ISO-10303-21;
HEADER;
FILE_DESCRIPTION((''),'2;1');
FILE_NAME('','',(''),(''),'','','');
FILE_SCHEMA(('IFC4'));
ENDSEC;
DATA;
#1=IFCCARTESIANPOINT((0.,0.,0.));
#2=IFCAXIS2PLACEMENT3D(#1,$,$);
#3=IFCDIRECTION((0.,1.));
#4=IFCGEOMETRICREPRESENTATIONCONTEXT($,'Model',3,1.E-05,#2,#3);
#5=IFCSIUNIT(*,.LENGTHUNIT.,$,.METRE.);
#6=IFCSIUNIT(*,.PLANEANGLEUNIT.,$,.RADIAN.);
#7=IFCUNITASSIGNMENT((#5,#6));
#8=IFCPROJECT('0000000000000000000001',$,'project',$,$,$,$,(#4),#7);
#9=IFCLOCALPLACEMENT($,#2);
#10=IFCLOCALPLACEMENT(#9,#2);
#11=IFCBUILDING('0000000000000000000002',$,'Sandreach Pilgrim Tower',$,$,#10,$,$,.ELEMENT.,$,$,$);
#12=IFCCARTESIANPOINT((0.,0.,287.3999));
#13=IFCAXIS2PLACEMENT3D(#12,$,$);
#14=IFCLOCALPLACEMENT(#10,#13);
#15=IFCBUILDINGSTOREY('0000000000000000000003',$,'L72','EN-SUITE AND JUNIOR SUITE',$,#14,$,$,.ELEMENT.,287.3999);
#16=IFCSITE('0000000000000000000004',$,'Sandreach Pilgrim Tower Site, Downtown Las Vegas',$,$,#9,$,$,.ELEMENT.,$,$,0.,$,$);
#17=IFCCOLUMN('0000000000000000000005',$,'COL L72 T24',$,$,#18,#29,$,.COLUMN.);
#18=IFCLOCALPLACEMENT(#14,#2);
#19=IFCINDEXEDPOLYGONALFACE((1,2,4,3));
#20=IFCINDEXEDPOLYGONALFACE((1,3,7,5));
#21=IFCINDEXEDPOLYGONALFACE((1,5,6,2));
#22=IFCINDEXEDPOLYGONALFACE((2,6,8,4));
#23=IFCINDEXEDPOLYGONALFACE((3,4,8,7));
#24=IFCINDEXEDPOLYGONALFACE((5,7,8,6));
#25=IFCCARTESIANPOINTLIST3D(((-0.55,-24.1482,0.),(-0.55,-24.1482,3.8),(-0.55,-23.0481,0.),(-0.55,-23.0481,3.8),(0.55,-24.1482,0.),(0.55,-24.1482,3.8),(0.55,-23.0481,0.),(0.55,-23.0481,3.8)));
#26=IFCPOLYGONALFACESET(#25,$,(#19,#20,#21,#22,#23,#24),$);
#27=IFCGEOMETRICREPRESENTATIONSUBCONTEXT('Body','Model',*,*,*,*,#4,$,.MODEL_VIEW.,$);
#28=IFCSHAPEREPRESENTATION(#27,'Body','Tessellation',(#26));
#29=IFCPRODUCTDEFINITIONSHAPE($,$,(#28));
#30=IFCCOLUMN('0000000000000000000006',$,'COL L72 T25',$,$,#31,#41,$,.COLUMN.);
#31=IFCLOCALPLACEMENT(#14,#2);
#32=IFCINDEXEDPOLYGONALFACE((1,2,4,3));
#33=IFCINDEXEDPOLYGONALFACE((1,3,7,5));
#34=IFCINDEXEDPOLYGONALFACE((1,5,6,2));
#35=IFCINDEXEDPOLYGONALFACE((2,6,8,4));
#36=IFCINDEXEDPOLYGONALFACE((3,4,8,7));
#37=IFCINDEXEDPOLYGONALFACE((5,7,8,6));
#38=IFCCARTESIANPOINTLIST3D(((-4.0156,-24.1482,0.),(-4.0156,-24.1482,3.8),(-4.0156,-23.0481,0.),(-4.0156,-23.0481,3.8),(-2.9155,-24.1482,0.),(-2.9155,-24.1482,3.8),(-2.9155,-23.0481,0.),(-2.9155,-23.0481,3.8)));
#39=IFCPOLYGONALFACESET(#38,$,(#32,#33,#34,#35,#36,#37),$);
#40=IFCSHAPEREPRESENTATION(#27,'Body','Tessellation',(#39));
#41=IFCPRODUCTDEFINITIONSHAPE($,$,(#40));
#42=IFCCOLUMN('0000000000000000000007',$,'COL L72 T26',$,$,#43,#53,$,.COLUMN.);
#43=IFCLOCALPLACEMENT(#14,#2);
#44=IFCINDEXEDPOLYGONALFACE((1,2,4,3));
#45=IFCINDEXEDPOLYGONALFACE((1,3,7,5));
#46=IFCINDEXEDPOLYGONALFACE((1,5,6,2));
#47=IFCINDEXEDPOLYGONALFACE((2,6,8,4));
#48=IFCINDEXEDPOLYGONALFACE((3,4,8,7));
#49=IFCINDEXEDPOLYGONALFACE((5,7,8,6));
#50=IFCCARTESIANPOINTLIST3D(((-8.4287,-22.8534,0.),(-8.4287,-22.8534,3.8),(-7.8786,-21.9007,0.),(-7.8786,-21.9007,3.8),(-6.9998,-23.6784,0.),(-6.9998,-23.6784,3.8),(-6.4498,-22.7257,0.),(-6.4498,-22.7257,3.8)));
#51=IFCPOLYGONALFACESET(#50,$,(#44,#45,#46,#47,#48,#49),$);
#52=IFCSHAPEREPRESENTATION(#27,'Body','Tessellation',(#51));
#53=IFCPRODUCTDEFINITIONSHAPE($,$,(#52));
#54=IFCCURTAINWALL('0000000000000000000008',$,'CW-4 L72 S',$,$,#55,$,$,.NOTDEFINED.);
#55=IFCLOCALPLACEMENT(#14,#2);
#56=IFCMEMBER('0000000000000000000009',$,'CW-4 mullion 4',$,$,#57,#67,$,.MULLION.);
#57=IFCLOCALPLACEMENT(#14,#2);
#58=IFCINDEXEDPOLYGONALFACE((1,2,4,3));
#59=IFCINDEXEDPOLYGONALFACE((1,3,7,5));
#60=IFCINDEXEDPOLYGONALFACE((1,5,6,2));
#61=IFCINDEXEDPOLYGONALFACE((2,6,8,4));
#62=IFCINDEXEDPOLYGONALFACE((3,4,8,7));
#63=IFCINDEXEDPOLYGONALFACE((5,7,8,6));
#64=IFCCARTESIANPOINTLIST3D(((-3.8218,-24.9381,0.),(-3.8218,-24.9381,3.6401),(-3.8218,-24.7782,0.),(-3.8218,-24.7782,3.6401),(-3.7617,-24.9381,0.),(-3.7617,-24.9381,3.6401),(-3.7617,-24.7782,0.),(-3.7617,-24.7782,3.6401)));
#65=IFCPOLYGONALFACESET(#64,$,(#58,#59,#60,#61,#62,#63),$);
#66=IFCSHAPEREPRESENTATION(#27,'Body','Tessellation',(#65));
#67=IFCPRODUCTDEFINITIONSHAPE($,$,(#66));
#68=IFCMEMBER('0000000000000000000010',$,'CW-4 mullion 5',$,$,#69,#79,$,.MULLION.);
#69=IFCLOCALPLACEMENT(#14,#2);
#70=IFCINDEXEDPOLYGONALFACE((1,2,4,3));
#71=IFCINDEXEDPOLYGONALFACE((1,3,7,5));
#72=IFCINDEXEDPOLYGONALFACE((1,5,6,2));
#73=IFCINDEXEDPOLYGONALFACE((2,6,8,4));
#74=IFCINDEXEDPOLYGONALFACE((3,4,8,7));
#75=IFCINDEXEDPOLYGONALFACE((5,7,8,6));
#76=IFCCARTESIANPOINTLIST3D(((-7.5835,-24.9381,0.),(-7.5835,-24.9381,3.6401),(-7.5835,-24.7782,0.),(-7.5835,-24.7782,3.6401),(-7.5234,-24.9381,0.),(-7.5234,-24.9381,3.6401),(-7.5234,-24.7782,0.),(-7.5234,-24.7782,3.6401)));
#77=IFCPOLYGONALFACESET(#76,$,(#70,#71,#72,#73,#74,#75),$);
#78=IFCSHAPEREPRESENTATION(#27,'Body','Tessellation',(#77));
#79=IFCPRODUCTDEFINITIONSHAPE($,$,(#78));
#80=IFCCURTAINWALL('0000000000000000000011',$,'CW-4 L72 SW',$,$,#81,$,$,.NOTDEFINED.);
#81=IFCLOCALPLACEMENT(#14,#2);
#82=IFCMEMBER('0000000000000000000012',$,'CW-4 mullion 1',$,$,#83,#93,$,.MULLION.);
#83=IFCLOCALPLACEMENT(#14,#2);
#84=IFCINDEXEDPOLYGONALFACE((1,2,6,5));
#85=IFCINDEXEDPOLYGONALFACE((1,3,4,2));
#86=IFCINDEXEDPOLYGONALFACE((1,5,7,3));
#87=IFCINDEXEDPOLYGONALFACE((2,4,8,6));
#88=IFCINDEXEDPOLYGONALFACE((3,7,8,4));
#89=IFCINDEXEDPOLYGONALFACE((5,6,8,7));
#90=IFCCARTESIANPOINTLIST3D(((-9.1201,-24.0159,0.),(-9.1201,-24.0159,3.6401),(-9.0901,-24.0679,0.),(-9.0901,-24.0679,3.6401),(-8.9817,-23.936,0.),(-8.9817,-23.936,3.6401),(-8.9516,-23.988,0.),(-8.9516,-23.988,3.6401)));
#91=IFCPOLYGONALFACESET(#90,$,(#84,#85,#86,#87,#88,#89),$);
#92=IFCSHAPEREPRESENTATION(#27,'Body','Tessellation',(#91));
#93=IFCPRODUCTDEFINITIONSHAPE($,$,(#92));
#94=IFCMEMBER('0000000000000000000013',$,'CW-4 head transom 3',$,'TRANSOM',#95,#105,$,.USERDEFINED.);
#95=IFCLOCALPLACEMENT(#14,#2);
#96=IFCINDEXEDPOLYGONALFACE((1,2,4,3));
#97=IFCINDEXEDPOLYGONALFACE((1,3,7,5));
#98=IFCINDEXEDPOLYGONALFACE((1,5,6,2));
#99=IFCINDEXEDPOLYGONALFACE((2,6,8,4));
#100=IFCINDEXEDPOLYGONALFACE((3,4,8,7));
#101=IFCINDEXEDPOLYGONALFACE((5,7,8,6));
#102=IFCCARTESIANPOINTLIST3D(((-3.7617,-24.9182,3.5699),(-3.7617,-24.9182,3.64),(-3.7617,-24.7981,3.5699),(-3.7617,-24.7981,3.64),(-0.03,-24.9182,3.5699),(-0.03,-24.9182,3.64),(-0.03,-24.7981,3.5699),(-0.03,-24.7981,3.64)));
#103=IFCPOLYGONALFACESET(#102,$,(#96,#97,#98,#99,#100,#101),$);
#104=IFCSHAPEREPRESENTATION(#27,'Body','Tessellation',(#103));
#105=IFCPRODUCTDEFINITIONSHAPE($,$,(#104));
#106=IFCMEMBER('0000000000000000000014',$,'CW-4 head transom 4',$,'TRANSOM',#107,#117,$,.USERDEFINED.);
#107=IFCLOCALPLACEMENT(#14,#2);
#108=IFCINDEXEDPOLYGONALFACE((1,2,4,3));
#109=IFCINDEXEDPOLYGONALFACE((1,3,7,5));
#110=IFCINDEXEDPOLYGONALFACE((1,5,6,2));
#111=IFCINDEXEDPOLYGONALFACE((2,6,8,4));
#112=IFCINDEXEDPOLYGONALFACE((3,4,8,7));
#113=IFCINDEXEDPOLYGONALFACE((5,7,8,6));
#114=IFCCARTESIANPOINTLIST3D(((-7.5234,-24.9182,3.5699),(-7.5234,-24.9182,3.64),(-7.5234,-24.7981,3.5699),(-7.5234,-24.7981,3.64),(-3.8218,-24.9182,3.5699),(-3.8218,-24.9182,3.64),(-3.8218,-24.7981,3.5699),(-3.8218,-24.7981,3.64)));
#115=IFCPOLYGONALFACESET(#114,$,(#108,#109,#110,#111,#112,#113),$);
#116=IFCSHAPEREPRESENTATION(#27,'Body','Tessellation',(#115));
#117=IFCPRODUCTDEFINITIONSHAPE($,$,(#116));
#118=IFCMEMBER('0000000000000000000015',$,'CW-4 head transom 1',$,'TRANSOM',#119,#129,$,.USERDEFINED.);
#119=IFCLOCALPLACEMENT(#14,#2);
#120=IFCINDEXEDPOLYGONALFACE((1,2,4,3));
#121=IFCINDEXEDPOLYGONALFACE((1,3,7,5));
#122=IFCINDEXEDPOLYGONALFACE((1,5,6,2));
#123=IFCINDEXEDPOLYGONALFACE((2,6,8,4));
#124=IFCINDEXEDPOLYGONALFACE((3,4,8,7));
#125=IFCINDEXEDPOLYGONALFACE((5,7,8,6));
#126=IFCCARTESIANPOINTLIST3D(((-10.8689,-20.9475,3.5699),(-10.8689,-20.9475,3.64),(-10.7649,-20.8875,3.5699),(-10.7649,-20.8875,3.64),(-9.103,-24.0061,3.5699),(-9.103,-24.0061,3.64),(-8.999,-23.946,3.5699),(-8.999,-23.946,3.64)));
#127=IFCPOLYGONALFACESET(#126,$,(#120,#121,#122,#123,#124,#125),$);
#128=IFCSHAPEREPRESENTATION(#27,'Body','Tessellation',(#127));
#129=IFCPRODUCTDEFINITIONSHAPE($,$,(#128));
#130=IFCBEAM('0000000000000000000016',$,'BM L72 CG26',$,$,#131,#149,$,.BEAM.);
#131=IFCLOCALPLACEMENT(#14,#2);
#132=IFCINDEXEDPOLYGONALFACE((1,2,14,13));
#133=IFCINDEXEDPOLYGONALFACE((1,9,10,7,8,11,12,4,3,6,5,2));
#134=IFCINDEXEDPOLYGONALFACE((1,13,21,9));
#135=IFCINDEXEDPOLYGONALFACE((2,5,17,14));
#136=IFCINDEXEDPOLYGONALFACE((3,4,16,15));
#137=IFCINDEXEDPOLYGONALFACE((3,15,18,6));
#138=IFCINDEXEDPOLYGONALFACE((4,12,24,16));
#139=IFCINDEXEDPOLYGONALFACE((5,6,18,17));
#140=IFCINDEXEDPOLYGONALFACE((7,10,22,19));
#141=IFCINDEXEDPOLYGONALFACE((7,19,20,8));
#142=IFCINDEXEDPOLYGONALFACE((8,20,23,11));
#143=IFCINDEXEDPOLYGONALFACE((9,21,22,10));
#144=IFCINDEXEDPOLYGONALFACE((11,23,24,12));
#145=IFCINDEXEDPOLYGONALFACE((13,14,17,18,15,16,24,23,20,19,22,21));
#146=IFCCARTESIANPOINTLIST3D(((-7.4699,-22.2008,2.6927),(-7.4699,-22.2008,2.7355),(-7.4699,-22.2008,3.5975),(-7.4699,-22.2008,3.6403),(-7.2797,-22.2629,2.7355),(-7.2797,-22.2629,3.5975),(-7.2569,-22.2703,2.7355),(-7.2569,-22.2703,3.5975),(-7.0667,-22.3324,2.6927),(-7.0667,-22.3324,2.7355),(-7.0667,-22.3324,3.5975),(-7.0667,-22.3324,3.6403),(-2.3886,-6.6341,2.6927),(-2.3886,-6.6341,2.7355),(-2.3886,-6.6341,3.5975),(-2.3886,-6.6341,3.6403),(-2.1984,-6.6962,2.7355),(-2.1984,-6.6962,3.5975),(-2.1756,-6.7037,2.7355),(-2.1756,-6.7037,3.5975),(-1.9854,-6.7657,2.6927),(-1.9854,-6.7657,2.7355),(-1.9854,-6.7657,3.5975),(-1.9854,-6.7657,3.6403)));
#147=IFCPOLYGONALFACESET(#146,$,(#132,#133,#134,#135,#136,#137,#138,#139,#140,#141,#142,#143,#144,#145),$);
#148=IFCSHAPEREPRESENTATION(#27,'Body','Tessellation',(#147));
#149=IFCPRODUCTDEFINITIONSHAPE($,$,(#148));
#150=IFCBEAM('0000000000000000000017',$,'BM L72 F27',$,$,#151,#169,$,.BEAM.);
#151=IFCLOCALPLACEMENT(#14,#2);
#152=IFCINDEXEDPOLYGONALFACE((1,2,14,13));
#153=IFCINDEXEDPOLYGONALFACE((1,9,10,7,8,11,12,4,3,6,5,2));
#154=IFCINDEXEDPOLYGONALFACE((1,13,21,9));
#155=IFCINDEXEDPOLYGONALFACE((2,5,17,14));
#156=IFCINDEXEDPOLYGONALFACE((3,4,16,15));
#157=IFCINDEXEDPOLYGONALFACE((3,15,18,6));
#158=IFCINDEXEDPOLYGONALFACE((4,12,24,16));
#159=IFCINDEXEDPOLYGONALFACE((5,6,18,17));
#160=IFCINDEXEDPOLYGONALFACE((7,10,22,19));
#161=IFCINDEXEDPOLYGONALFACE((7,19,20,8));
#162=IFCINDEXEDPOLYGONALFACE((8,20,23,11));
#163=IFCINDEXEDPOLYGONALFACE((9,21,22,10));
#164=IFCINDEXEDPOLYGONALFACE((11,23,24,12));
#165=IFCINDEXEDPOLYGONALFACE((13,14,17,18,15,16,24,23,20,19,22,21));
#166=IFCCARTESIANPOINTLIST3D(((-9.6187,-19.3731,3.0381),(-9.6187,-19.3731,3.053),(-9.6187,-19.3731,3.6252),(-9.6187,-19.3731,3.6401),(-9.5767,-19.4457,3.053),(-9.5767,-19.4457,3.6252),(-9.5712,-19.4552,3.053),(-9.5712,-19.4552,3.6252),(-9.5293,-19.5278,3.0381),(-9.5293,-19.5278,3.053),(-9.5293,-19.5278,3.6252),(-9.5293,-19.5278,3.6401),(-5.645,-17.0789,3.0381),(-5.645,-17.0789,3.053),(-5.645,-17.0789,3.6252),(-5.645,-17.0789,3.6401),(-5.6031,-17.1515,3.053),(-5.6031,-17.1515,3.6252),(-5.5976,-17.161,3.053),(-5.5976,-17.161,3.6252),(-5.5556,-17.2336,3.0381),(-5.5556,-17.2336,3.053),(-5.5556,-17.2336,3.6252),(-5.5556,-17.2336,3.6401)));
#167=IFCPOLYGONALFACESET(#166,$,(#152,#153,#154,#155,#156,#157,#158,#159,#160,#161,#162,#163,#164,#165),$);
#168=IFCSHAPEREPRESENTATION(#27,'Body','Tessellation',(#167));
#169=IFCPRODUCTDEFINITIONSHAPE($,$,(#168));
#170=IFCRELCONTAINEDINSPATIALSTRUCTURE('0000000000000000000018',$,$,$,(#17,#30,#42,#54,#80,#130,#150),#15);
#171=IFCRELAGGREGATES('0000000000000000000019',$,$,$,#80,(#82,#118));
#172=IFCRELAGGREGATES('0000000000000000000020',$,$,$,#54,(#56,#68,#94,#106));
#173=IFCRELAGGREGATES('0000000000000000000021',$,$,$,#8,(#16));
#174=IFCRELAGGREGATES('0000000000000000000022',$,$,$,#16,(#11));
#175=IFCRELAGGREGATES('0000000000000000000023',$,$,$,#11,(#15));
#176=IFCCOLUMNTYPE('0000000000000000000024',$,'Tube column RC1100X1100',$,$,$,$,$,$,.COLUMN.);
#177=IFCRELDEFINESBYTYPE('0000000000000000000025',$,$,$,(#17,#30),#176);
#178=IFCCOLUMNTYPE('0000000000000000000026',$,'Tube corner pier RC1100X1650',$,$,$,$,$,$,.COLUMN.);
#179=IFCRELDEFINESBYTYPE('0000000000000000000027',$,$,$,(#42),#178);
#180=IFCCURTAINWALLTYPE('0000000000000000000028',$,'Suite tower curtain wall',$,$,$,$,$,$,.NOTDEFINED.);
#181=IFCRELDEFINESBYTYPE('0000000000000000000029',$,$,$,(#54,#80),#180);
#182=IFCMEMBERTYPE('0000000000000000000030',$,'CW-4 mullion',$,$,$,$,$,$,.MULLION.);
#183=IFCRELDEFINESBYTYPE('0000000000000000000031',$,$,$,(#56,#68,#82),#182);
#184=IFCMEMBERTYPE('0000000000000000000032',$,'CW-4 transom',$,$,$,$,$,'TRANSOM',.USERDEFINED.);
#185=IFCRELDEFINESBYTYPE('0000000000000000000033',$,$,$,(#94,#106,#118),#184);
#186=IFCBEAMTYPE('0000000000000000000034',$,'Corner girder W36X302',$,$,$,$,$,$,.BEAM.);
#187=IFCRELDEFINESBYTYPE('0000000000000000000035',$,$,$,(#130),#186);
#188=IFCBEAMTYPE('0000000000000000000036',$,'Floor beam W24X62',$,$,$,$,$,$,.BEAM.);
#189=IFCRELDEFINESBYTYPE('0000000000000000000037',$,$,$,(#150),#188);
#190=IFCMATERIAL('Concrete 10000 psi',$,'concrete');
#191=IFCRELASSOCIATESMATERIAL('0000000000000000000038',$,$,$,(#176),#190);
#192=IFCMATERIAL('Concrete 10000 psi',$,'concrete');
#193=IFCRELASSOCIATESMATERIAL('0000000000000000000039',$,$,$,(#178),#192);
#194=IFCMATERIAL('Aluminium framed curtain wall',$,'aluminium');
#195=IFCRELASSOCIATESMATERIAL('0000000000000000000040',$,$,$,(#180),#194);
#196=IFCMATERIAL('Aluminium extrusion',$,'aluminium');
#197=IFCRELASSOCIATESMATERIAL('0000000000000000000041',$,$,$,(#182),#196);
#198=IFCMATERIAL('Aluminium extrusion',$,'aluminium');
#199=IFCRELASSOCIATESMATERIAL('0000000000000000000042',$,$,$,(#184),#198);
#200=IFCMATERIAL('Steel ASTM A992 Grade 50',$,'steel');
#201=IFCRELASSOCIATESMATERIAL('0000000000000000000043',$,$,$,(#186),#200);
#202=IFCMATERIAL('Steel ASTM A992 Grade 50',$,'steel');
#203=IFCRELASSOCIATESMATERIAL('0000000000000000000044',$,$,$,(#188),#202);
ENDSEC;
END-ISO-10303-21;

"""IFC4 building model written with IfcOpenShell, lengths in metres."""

from ifc_helpers import new_model, si_unit, direction, frame, origin, origin_2d, place, context, subcontext, project, spatial, rectangle, i_section, extrude, material, material_profile, profile_set, type_object, element, aggregate, save


model = new_model("IFC4")

# Units and contexts
model_context = context("Model", 3, precision=1e-05, world=origin(), true_north=direction((0.0, 1.0)))
body_context = subcontext(model_context, "Body", "Model", "MODEL_VIEW")
ifc_project = project(units=[si_unit("LENGTHUNIT", "METRE"), si_unit("PLANEANGLEUNIT", "RADIAN")], contexts=[model_context])

# Site, building, storey
site_placement = place(None, origin())
site = spatial("IfcSite", under=ifc_project, at=site_placement, Name="Sandreach Pilgrim Tower Site, Downtown Las Vegas", CompositionType="ELEMENT", RefElevation=0.0)
building_placement = place(site_placement, origin())
building = spatial("IfcBuilding", under=site, at=building_placement, Name="Sandreach Pilgrim Tower", CompositionType="ELEMENT")
storey_placement = place(building_placement, frame((0.0, 0.0, 287.3999)))
storey = spatial("IfcBuildingStorey", under=building, at=storey_placement, Name="L72", Description="EN-SUITE AND JUNIOR SUITE", CompositionType="ELEMENT", Elevation=287.3999)

# Columns
ifc_material_1 = material(Name="Concrete 10000 psi", Category="concrete")
ifc_material_profile_1 = material_profile(ifc_material_1, rectangle(XDim=1.1001, YDim=1.1001, at=origin_2d()), Name="RC1100X1100")
ifc_profile_set_1 = profile_set([ifc_material_profile_1], Name="Concrete 10000 psi")
column_type_1 = type_object("IfcColumnType", Name="Tube column RC1100X1100", PredefinedType="COLUMN", material=ifc_profile_set_1)
for number, where, z_axis, x_axis, name in (
    (1, (0.0, -23.5981, 0.0), (0.0, 0.0, 1.0), (0.0, -1.0, 0.0), "COL L72 T24"),
    (2, (-3.4656, -23.5981, 0.0), (0.0, 0.0, 1.0), (0.0, -1.0, 0.0), "COL L72 T25"),
):
    element("IfcColumn", number, at=place(storey_placement, frame(where, z_axis=z_axis, x_axis=x_axis)), inside=storey, type_object=column_type_1, Name=name, PredefinedType="COLUMN", context=body_context, shape_type="SweptSolid", body=[
        extrude(rectangle(XDim=1.1001, YDim=1.1001, at=origin_2d()), origin(), (0.0, 0.0, 1.0), 3.8),
    ])
ifc_material_2 = material(Name="Concrete 10000 psi", Category="concrete")
ifc_material_profile_2 = material_profile(ifc_material_2, rectangle(XDim=1.1001, YDim=1.6499, at=origin_2d()), Name="RC1100X1650")
ifc_profile_set_2 = profile_set([ifc_material_profile_2], Name="Concrete 10000 psi")
column_type_2 = type_object("IfcColumnType", Name="Tube corner pier RC1100X1650", PredefinedType="COLUMN", material=ifc_profile_set_2)
column_placement = place(storey_placement, frame((-7.4392, -22.7896, 0.0), z_axis=(0.0, 0.0, 1.0), x_axis=(-0.5, -0.866025, 0.0)))
element("IfcColumn", 3, at=column_placement, inside=storey, type_object=column_type_2, Name="COL L72 T26", PredefinedType="COLUMN", context=body_context, shape_type="SweptSolid", body=[
    extrude(rectangle(XDim=1.1001, YDim=1.6499, at=origin_2d()), origin(), (0.0, 0.0, 1.0), 3.8),
])

# Curtain wall, members
ifc_material_3 = material(Name="Aluminium framed curtain wall", Category="aluminium")
curtain_wall_type = type_object("IfcCurtainWallType", Name="Suite tower curtain wall", PredefinedType="NOTDEFINED", material=ifc_material_3)
curtain_wall_1_placement = place(storey_placement, origin())
curtain_wall_1 = element("IfcCurtainWall", 4, at=curtain_wall_1_placement, inside=storey, type_object=curtain_wall_type, Name="CW-4 L72 S", PredefinedType="NOTDEFINED")
ifc_material_4 = material(Name="Aluminium extrusion", Category="aluminium")
ifc_material_profile_3 = material_profile(ifc_material_4, rectangle(XDim=0.0601, YDim=0.1599, at=origin_2d()), Name="CW-4M 60X160")
ifc_profile_set_3 = profile_set([ifc_material_profile_3], Name="Aluminium extrusion")
member_type_1 = type_object("IfcMemberType", Name="CW-4 mullion", PredefinedType="MULLION", material=ifc_profile_set_3)
member_1_placement = place(storey_placement, frame((-3.7917, -24.8582, 0.0), z_axis=(0.0, 0.0, 1.0), x_axis=(-1.0, 0.0, 0.0)))
member_1 = element("IfcMember", 5, at=member_1_placement, type_object=member_type_1, Name="CW-4 mullion 4", PredefinedType="MULLION", context=body_context, shape_type="SweptSolid", body=[
    extrude(rectangle(XDim=0.0601, YDim=0.1599, at=origin_2d()), origin(), (0.0, 0.0, 1.0), 3.6401),
])
member_2_placement = place(storey_placement, frame((-7.5535, -24.8582, 0.0), z_axis=(0.0, 0.0, 1.0), x_axis=(-1.0, 0.0, 0.0)))
member_2 = element("IfcMember", 6, at=member_2_placement, type_object=member_type_1, Name="CW-4 mullion 5", PredefinedType="MULLION", context=body_context, shape_type="SweptSolid", body=[
    extrude(rectangle(XDim=0.0601, YDim=0.1599, at=origin_2d()), origin(), (0.0, 0.0, 1.0), 3.6401),
])

# Curtain wall, member
curtain_wall_2_placement = place(storey_placement, origin())
curtain_wall_2 = element("IfcCurtainWall", 7, at=curtain_wall_2_placement, inside=storey, type_object=curtain_wall_type, Name="CW-4 L72 SW", PredefinedType="NOTDEFINED")
member_3_placement = place(storey_placement, frame((-9.0359, -24.002, 0.0), z_axis=(0.0, 0.0, 1.0), x_axis=(-0.5, 0.866025, 0.0)))
member_3 = element("IfcMember", 8, at=member_3_placement, type_object=member_type_1, Name="CW-4 mullion 1", PredefinedType="MULLION", context=body_context, shape_type="SweptSolid", body=[
    extrude(rectangle(XDim=0.0601, YDim=0.1599, at=origin_2d()), origin(), (0.0, 0.0, 1.0), 3.6401),
])

# Members
ifc_material_5 = material(Name="Aluminium extrusion", Category="aluminium")
ifc_material_profile_4 = material_profile(ifc_material_5, rectangle(XDim=0.1201, YDim=0.0701, at=origin_2d()), Name="CW-4T 120X70")
ifc_profile_set_4 = profile_set([ifc_material_profile_4], Name="Aluminium extrusion")
member_type_2 = type_object("IfcMemberType", Name="CW-4 transom", ElementType="TRANSOM", PredefinedType="USERDEFINED", material=ifc_profile_set_4)
member_4_placement = place(storey_placement, frame((-0.03, -24.8582, 3.605), z_axis=(-1.0, 0.0, 0.0), x_axis=(0.0, -1.0, 0.0)))
member_4 = element("IfcMember", 9, at=member_4_placement, type_object=member_type_2, Name="CW-4 head transom 3", ObjectType="TRANSOM", PredefinedType="USERDEFINED", context=body_context, shape_type="SweptSolid", body=[
    extrude(rectangle(XDim=0.1201, YDim=0.0701, at=origin_2d()), origin(), (0.0, 0.0, 1.0), 3.7317),
])
member_5_placement = place(storey_placement, frame((-3.8218, -24.8582, 3.605), z_axis=(-1.0, 0.0, 0.0), x_axis=(0.0, -1.0, 0.0)))
member_5 = element("IfcMember", 10, at=member_5_placement, type_object=member_type_2, Name="CW-4 head transom 4", ObjectType="TRANSOM", PredefinedType="USERDEFINED", context=body_context, shape_type="SweptSolid", body=[
    extrude(rectangle(XDim=0.1201, YDim=0.0701, at=origin_2d()), origin(), (0.0, 0.0, 1.0), 3.7017),
])
member_6_placement = place(storey_placement, frame((-9.051, -23.9761, 3.605), z_axis=(-0.499998, 0.866027, 0.0), x_axis=(-0.866027, -0.499998, 0.0)))
member_6 = element("IfcMember", 11, at=member_6_placement, type_object=member_type_2, Name="CW-4 head transom 1", ObjectType="TRANSOM", PredefinedType="USERDEFINED", context=body_context, shape_type="SweptSolid", body=[
    extrude(rectangle(XDim=0.1201, YDim=0.0701, at=origin_2d()), origin(), (0.0, 0.0, 1.0), 3.5317),
])
aggregate(curtain_wall_2, [member_3, member_6])

# Beams
ifc_material_6 = material(Name="Steel ASTM A992 Grade 50", Category="steel")
ifc_material_profile_5 = material_profile(ifc_material_6, i_section(OverallWidth=0.4241, OverallDepth=0.9475, WebThickness=0.0239, FlangeThickness=0.0427, at=origin_2d()), Name="W36X302")
ifc_profile_set_5 = profile_set([ifc_material_profile_5], Name="Steel ASTM A992 Grade 50")
beam_type_1 = type_object("IfcBeamType", Name="Corner girder W36X302", PredefinedType="BEAM", material=ifc_profile_set_5)
beam_1_placement = place(storey_placement, frame((-7.2683, -22.2666, 3.1665), z_axis=(0.310309, 0.950636, 0.0), x_axis=(-0.950636, 0.310309, 0.0)))
element("IfcBeam", 12, at=beam_1_placement, inside=storey, type_object=beam_type_1, Name="BM L72 CG26", PredefinedType="BEAM", context=body_context, shape_type="SweptSolid", body=[
    extrude(i_section(OverallWidth=0.4241, OverallDepth=0.9475, WebThickness=0.0239, FlangeThickness=0.0427, at=origin_2d()), origin(), (0.0, 0.0, 1.0), 16.375),
])
ifc_material_7 = material(Name="Steel ASTM A992 Grade 50", Category="steel")
ifc_material_profile_6 = material_profile(ifc_material_7, i_section(OverallWidth=0.1787, OverallDepth=0.6021, WebThickness=0.011, FlangeThickness=0.0149, at=origin_2d()), Name="W24X62")
ifc_profile_set_6 = profile_set([ifc_material_profile_6], Name="Steel ASTM A992 Grade 50")
beam_type_2 = type_object("IfcBeamType", Name="Floor beam W24X62", PredefinedType="BEAM", material=ifc_profile_set_6)
beam_2_placement = place(storey_placement, frame((-9.574, -19.4504, 3.3391), z_axis=(0.866024, 0.500002, 0.0), x_axis=(-0.500002, 0.866024, 0.0)))
element("IfcBeam", 13, at=beam_2_placement, inside=storey, type_object=beam_type_2, Name="BM L72 F27", PredefinedType="BEAM", context=body_context, shape_type="SweptSolid", body=[
    extrude(i_section(OverallWidth=0.1787, OverallDepth=0.6021, WebThickness=0.011, FlangeThickness=0.0149, at=origin_2d()), origin(), (0.0, 0.0, 1.0), 4.5884),
])

aggregate(curtain_wall_1, [member_1, member_2, member_4, member_5])

save(model, "model.ifc")
